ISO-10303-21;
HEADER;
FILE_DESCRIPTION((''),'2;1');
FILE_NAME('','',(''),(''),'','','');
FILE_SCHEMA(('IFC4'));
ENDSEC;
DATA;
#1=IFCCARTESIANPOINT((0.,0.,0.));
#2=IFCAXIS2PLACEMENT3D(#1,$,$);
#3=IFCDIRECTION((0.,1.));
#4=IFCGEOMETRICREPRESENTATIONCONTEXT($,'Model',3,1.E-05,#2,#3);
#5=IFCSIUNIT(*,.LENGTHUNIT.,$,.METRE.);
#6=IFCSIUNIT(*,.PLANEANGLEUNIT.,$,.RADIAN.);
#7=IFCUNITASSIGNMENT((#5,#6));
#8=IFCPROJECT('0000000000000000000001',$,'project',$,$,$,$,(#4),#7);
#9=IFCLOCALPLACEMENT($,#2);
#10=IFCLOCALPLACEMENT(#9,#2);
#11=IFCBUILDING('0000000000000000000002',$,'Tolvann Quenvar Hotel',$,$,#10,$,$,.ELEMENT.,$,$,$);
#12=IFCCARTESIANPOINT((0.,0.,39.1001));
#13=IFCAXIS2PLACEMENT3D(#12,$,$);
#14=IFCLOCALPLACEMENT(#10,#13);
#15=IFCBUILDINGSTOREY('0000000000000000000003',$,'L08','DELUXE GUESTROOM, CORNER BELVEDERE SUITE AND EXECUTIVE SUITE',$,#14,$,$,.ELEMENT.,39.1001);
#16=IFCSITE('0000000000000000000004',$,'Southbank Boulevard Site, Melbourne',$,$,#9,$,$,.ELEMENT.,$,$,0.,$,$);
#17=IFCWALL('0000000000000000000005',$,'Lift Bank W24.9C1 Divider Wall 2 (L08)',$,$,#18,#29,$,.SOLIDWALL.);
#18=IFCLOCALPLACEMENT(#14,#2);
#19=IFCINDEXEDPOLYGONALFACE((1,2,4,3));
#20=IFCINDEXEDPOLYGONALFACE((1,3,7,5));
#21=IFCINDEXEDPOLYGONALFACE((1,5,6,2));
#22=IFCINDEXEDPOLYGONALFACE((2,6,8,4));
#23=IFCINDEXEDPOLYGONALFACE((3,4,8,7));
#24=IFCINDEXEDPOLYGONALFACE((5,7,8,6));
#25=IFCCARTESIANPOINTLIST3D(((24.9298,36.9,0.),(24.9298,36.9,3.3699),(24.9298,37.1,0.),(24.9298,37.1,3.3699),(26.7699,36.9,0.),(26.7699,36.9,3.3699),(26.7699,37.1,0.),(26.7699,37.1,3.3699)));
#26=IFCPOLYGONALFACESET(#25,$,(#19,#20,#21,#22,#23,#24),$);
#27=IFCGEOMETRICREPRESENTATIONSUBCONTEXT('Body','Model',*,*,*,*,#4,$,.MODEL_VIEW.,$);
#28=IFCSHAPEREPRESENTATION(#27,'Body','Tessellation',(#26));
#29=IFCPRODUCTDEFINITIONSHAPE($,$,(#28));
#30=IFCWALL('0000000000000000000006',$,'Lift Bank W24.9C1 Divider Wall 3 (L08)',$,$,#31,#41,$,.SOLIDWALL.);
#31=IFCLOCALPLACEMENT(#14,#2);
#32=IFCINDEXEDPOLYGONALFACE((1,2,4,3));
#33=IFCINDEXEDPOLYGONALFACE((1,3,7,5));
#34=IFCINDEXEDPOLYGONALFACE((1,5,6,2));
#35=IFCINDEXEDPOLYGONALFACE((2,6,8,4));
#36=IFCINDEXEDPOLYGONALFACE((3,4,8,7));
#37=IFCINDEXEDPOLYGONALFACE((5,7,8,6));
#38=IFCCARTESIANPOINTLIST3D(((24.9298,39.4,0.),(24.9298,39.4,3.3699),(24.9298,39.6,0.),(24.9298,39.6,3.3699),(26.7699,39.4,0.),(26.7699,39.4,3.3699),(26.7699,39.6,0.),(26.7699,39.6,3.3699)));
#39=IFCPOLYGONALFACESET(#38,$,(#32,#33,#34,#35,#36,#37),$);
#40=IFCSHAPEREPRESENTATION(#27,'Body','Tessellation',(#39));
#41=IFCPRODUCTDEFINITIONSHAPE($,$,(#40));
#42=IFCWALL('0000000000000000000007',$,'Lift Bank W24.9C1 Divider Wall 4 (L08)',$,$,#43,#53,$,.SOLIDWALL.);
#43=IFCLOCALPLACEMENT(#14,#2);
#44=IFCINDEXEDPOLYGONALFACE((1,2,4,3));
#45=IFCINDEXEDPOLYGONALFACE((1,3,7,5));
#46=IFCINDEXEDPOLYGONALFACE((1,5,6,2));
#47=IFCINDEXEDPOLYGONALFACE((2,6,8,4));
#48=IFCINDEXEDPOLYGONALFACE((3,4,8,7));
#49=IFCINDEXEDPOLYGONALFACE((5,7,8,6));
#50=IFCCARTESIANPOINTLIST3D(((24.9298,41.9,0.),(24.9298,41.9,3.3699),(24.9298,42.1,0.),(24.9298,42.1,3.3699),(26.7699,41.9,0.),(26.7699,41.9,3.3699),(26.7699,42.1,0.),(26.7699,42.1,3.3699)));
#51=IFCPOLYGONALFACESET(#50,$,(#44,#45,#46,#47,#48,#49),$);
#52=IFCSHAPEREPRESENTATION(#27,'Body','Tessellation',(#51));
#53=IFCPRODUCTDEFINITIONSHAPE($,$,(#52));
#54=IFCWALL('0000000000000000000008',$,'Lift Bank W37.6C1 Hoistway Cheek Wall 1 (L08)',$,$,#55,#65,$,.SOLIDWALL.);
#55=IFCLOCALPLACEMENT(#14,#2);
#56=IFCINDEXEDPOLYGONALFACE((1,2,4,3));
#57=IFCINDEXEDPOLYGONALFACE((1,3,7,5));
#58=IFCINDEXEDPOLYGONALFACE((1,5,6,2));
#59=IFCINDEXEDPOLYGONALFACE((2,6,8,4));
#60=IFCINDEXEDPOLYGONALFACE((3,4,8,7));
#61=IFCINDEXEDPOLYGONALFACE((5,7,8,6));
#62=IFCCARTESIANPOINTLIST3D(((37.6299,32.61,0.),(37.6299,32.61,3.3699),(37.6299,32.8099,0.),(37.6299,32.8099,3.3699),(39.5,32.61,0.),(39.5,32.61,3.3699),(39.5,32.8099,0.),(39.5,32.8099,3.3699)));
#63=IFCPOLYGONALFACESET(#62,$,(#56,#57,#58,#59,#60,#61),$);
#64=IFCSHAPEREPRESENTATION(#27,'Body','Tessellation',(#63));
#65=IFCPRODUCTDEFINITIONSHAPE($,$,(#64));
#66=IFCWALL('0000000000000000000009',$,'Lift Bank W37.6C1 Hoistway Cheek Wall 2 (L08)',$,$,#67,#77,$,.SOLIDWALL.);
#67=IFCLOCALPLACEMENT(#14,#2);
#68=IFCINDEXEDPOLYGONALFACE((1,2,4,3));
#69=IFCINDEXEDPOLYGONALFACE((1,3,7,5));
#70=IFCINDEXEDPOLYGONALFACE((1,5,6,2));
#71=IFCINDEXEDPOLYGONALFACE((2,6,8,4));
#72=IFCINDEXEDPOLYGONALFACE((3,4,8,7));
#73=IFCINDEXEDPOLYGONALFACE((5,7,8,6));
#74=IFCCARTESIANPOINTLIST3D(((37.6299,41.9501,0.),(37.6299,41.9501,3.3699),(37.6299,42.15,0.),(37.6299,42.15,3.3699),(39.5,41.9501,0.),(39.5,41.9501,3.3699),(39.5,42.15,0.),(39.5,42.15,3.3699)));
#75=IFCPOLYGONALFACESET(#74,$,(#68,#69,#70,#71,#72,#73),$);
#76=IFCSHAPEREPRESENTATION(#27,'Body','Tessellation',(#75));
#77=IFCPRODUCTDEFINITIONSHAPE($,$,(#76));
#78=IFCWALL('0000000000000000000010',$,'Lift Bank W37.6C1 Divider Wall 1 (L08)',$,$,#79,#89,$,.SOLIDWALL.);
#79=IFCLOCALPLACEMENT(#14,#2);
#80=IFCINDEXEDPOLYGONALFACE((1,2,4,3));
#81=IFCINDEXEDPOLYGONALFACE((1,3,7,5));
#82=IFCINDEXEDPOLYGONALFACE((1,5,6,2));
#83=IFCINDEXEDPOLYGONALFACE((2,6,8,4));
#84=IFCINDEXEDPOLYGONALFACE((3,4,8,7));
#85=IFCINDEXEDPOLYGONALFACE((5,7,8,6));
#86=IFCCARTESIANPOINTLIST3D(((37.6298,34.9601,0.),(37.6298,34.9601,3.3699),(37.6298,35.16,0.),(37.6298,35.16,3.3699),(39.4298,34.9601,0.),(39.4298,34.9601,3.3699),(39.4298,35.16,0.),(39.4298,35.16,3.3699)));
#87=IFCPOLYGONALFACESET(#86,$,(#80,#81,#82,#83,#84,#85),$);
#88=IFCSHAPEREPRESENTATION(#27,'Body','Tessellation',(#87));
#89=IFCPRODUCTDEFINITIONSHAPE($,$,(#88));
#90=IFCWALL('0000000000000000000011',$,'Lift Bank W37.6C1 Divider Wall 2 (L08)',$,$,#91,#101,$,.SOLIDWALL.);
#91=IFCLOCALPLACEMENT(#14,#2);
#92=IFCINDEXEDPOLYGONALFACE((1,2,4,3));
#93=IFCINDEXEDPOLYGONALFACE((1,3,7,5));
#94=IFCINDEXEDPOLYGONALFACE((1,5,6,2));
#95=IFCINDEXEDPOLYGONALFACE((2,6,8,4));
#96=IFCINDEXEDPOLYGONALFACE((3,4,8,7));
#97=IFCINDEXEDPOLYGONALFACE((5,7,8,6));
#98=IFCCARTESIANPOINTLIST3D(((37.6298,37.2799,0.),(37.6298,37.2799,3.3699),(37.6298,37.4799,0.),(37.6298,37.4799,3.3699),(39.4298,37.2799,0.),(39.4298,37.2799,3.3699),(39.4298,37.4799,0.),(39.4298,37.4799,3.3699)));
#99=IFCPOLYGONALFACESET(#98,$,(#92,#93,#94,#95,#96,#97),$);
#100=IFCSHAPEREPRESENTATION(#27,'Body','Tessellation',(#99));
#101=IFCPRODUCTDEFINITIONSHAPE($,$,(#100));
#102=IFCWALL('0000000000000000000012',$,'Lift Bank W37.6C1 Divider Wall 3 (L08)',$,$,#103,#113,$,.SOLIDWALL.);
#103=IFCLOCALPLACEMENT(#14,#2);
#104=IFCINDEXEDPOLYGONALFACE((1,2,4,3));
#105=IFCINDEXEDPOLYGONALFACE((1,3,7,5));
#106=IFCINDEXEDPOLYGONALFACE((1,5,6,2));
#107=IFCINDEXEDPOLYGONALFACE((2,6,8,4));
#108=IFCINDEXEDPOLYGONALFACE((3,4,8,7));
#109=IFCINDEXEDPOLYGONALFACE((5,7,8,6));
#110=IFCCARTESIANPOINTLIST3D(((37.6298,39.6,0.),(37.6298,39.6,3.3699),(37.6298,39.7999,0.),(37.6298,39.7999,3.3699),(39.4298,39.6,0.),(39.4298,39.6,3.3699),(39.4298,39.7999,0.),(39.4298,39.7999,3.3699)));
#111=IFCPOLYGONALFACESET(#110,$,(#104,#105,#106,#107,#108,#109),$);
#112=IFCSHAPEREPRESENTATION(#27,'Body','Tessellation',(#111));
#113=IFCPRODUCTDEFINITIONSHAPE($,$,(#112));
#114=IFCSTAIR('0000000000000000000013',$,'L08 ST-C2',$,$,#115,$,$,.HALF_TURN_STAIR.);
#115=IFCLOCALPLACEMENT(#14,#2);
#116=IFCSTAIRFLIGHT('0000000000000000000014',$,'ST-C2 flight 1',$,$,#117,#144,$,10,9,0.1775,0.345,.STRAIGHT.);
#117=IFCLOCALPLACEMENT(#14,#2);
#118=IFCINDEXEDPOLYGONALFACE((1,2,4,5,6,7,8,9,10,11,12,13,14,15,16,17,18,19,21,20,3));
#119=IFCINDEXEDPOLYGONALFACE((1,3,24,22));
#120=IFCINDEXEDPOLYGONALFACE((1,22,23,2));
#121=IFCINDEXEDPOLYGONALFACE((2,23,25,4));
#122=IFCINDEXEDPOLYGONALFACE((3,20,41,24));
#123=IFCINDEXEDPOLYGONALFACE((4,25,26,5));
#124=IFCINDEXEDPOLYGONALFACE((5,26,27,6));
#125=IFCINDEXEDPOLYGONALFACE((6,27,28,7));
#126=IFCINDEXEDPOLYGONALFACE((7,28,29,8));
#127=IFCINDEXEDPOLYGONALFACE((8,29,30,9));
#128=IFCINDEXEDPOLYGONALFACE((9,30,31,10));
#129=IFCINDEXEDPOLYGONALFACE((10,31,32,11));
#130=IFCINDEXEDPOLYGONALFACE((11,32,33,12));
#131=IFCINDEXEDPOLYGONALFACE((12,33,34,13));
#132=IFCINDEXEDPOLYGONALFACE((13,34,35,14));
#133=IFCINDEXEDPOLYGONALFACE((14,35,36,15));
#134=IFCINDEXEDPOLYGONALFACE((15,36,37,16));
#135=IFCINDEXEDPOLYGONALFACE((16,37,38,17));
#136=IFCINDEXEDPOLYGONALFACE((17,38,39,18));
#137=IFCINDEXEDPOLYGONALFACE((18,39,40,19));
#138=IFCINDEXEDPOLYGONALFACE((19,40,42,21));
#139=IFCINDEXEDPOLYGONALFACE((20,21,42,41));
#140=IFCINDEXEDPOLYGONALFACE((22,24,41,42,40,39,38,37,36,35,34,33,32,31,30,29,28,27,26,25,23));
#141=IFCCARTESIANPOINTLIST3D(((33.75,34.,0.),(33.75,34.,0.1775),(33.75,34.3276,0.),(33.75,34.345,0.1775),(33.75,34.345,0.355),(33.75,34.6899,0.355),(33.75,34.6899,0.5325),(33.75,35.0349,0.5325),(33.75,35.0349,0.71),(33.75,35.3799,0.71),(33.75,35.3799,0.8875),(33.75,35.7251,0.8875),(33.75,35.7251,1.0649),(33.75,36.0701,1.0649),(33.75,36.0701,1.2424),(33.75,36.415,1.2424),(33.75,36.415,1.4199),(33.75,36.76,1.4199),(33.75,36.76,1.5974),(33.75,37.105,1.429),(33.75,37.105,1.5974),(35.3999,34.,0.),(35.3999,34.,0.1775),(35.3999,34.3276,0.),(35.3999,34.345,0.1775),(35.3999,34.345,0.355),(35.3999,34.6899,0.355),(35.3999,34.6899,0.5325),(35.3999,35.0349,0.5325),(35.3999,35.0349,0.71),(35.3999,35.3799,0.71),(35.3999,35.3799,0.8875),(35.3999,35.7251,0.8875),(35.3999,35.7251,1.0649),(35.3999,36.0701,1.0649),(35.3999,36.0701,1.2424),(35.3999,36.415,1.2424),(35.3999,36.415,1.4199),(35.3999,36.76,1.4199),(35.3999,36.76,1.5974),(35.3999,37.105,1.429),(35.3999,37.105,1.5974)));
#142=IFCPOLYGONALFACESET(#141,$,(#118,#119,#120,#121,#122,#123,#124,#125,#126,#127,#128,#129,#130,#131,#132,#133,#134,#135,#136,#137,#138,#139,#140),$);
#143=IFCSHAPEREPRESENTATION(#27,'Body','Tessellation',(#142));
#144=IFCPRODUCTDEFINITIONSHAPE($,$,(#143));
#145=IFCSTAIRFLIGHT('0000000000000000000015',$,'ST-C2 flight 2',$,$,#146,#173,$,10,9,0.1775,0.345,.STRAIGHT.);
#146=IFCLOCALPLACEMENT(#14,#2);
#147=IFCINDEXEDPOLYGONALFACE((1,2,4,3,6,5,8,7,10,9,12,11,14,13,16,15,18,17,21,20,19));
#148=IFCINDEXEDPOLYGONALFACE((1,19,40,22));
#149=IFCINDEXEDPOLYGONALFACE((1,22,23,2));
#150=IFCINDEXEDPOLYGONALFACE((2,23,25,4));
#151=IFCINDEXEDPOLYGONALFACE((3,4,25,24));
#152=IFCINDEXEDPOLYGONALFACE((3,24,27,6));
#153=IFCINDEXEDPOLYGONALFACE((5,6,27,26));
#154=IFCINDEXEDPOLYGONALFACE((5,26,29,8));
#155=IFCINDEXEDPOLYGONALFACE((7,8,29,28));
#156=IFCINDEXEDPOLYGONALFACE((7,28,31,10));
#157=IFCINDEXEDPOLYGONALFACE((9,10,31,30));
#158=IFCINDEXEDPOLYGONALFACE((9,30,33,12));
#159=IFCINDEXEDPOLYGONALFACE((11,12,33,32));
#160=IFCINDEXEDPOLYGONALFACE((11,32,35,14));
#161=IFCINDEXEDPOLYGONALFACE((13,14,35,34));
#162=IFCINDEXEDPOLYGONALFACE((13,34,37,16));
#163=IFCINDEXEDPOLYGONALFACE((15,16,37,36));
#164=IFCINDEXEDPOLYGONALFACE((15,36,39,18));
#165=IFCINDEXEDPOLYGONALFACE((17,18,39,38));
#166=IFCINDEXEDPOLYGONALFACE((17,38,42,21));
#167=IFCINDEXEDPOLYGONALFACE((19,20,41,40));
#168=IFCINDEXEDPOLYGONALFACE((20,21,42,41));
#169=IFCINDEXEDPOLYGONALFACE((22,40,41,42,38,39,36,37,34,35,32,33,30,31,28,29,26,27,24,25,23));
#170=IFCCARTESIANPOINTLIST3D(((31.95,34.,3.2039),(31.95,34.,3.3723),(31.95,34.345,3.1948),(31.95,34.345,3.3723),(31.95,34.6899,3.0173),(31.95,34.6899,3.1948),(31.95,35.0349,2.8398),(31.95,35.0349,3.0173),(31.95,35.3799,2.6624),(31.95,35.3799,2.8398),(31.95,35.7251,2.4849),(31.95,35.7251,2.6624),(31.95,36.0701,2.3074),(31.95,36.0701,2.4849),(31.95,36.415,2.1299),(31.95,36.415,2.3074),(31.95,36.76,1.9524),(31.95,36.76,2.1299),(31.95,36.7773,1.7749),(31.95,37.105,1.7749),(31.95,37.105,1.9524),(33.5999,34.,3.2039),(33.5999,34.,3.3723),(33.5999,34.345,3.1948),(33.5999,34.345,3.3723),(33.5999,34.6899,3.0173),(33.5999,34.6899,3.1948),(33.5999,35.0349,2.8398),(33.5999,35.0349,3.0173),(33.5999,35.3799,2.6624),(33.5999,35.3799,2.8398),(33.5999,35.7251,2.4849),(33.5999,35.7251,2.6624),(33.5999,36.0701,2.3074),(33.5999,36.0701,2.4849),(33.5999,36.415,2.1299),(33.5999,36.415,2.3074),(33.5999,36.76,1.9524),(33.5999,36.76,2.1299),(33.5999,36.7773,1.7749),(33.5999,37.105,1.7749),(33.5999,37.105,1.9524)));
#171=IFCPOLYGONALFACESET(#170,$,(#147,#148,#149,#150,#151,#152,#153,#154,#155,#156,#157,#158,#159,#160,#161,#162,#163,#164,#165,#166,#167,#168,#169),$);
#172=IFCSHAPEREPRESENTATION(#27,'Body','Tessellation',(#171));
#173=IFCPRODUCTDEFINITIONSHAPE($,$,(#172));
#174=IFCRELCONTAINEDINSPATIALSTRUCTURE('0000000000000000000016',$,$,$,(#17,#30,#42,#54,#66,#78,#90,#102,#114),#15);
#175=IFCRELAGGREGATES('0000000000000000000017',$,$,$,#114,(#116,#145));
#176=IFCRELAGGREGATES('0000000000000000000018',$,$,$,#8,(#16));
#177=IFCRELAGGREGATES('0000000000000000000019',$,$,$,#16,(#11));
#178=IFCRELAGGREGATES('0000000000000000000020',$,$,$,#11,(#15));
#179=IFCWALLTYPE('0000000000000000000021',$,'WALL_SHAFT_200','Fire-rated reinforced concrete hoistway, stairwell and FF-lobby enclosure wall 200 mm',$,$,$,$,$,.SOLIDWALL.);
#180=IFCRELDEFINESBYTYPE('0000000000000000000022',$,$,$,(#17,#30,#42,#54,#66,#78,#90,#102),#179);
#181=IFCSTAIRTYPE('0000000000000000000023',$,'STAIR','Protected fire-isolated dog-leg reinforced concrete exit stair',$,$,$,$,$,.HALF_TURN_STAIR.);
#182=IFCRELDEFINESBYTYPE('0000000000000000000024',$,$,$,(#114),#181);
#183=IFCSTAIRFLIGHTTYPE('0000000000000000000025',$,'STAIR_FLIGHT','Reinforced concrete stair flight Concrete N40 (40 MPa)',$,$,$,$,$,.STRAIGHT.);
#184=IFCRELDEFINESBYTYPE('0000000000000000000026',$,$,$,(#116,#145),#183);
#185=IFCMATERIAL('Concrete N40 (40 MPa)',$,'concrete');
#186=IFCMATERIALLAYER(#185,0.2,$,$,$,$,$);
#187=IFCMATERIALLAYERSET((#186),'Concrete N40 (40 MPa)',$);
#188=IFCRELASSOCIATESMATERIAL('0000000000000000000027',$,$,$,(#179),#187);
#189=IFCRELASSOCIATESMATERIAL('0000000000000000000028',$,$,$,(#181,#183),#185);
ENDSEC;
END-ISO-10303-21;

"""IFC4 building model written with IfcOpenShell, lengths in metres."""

from ifc_helpers import new_model, si_unit, direction, frame, frame_2d, origin, place, context, subcontext, project, spatial, polyline, rectangle, outline, extrude, material, layer, layer_set, type_object, element, aggregate, save


model = new_model("IFC4")

# Units and contexts
model_context = context("Model", 3, precision=1e-05, world=origin(), true_north=direction((0.0, 1.0)))
body_context = subcontext(model_context, "Body", "Model", "MODEL_VIEW")
ifc_project = project(units=[si_unit("LENGTHUNIT", "METRE"), si_unit("PLANEANGLEUNIT", "RADIAN")], contexts=[model_context])

# Site, building, storey
site_placement = place(None, origin())
site = spatial("IfcSite", under=ifc_project, at=site_placement, Name="Southbank Boulevard Site, Melbourne", CompositionType="ELEMENT", RefElevation=0.0)
building_placement = place(site_placement, origin())
building = spatial("IfcBuilding", under=site, at=building_placement, Name="Tolvann Quenvar Hotel", CompositionType="ELEMENT")
storey_placement = place(building_placement, frame((0.0, 0.0, 39.1001)))
storey = spatial("IfcBuildingStorey", under=building, at=storey_placement, Name="L08", Description="DELUXE GUESTROOM, CORNER BELVEDERE SUITE AND EXECUTIVE SUITE", CompositionType="ELEMENT", Elevation=39.1001)

# Shared definitions
ifc_material_1 = material(Name="Concrete N40 (40 MPa)", Category="concrete")
ifc_layer_1 = layer(ifc_material_1, 0.2)
ifc_layer_set_1 = layer_set([ifc_layer_1], Name="Concrete N40 (40 MPa)")
wall_type_1 = type_object("IfcWallType", Name="WALL_SHAFT_200", Description="Fire-rated reinforced concrete hoistway, stairwell and FF-lobby enclosure wall 200 mm", PredefinedType="SOLIDWALL", material=ifc_layer_set_1)

# Walls
for number, where, z_axis, x_axis, name in (
    (1, (24.9299, 37.0, 0.0), (0.0, 0.0, 1.0), (1.0, 0.0, 0.0), "Lift Bank W24.9C1 Divider Wall 2 (L08)"),
    (2, (24.9299, 39.5, 0.0), (0.0, 0.0, 1.0), (1.0, 0.0, 0.0), "Lift Bank W24.9C1 Divider Wall 3 (L08)"),
    (3, (24.9299, 42.0, 0.0), (0.0, 0.0, 1.0), (1.0, 0.0, 0.0), "Lift Bank W24.9C1 Divider Wall 4 (L08)"),
):
    element("IfcWall", number, at=place(storey_placement, frame(where, z_axis=z_axis, x_axis=x_axis)), inside=storey, type_object=wall_type_1, Name=name, PredefinedType="SOLIDWALL", context=body_context, shape_type="SweptSolid", body=[
        extrude(rectangle(XDim=1.8401, YDim=0.2, at=frame_2d((0.9199, 0.0))), origin(), (0.0, 0.0, 1.0), 3.3699),
    ])
for number, where, z_axis, x_axis, name in (
    (4, (37.6299, 32.71, 0.0), (0.0, 0.0, 1.0), (1.0, 0.0, 0.0), "Lift Bank W37.6C1 Hoistway Cheek Wall 1 (L08)"),
    (5, (37.6299, 42.05, 0.0), (0.0, 0.0, 1.0), (1.0, 0.0, 0.0), "Lift Bank W37.6C1 Hoistway Cheek Wall 2 (L08)"),
):
    element("IfcWall", number, at=place(storey_placement, frame(where, z_axis=z_axis, x_axis=x_axis)), inside=storey, type_object=wall_type_1, Name=name, PredefinedType="SOLIDWALL", context=body_context, shape_type="SweptSolid", body=[
        extrude(rectangle(XDim=1.8701, YDim=0.2, at=frame_2d((0.9351, 0.0))), origin(), (0.0, 0.0, 1.0), 3.3699),
    ])
for number, where, z_axis, x_axis, name in (
    (6, (37.6299, 35.0601, 0.0), (0.0, 0.0, 1.0), (1.0, 0.0, 0.0), "Lift Bank W37.6C1 Divider Wall 1 (L08)"),
    (7, (37.6299, 37.3799, 0.0), (0.0, 0.0, 1.0), (1.0, 0.0, 0.0), "Lift Bank W37.6C1 Divider Wall 2 (L08)"),
    (8, (37.6299, 39.7, 0.0), (0.0, 0.0, 1.0), (1.0, 0.0, 0.0), "Lift Bank W37.6C1 Divider Wall 3 (L08)"),
):
    element("IfcWall", number, at=place(storey_placement, frame(where, z_axis=z_axis, x_axis=x_axis)), inside=storey, type_object=wall_type_1, Name=name, PredefinedType="SOLIDWALL", context=body_context, shape_type="SweptSolid", body=[
        extrude(rectangle(XDim=1.8, YDim=0.2, at=frame_2d((0.8999, 0.0))), origin(), (0.0, 0.0, 1.0), 3.3699),
    ])

# Stair, stair flights
stair_type = type_object("IfcStairType", Name="STAIR", Description="Protected fire-isolated dog-leg reinforced concrete exit stair", PredefinedType="HALF_TURN_STAIR", material=ifc_material_1)
stair_placement = place(storey_placement, origin())
stair = element("IfcStair", 9, at=stair_placement, inside=storey, type_object=stair_type, Name="L08 ST-C2", PredefinedType="HALF_TURN_STAIR")
stair_flight_type = type_object("IfcStairFlightType", Name="STAIR_FLIGHT", Description="Reinforced concrete stair flight Concrete N40 (40 MPa)", PredefinedType="STRAIGHT", material=ifc_material_1)
stair_flight_1_placement = place(storey_placement, frame((34.575, 34.0, 0.0), z_axis=(0.0, 0.0, 1.0), x_axis=(0.0, 1.0, 0.0)))
stair_flight_1 = element("IfcStairFlight", 10, at=stair_flight_1_placement, type_object=stair_flight_type, Name="ST-C2 flight 1", NumberOfRisers=10, NumberOfTreads=9, PredefinedType="STRAIGHT", RiserHeight=0.1775, TreadLength=0.345, context=body_context, shape_type="SweptSolid", body=[
    extrude(outline(polyline([(0.0, 0.0), (0.0, 0.1775), (0.345, 0.1775), (0.345, 0.355), (0.6899, 0.355), (0.6899, 0.5325), (1.0349, 0.5325), (1.0349, 0.71), (1.3799, 0.71), (1.3799, 0.8875), (1.7251, 0.8875), (1.7251, 1.0649), (2.0701, 1.0649), (2.0701, 1.2424), (2.415, 1.2424), (2.415, 1.4199), (2.76, 1.4199), (2.76, 1.5974), (3.105, 1.5974), (3.105, 1.7749), (3.105, 1.429), (0.3276, 0.0), (0.0, 0.0)])), frame((0.0, 0.825, 0.0), z_axis=(0.0, -1.0, 0.0), x_axis=(1.0, 0.0, 0.0)), (0.0, 0.0, 1.0), 1.6499),
])
stair_flight_2_placement = place(storey_placement, frame((32.7749, 37.105, 1.7749), z_axis=(0.0, 0.0, 1.0), x_axis=(0.0, -1.0, 0.0)))
stair_flight_2 = element("IfcStairFlight", 11, at=stair_flight_2_placement, type_object=stair_flight_type, Name="ST-C2 flight 2", NumberOfRisers=10, NumberOfTreads=9, PredefinedType="STRAIGHT", RiserHeight=0.1775, TreadLength=0.345, context=body_context, shape_type="SweptSolid", body=[
    extrude(outline(polyline([(0.0, 0.0), (0.0, 0.1775), (0.345, 0.1775), (0.345, 0.355), (0.6899, 0.355), (0.6899, 0.5325), (1.0349, 0.5325), (1.0349, 0.71), (1.3799, 0.71), (1.3799, 0.8875), (1.7251, 0.8875), (1.7251, 1.0649), (2.0701, 1.0649), (2.0701, 1.2424), (2.415, 1.2424), (2.415, 1.4199), (2.76, 1.4199), (2.76, 1.5974), (3.105, 1.5974), (3.105, 1.7749), (3.105, 1.429), (0.3276, 0.0), (0.0, 0.0)])), frame((0.0, 0.825, 0.0), z_axis=(0.0, -1.0, 0.0), x_axis=(1.0, 0.0, 0.0)), (0.0, 0.0, 1.0), 1.6499),
])
aggregate(stair, [stair_flight_1, stair_flight_2])

save(model, "model.ifc")
